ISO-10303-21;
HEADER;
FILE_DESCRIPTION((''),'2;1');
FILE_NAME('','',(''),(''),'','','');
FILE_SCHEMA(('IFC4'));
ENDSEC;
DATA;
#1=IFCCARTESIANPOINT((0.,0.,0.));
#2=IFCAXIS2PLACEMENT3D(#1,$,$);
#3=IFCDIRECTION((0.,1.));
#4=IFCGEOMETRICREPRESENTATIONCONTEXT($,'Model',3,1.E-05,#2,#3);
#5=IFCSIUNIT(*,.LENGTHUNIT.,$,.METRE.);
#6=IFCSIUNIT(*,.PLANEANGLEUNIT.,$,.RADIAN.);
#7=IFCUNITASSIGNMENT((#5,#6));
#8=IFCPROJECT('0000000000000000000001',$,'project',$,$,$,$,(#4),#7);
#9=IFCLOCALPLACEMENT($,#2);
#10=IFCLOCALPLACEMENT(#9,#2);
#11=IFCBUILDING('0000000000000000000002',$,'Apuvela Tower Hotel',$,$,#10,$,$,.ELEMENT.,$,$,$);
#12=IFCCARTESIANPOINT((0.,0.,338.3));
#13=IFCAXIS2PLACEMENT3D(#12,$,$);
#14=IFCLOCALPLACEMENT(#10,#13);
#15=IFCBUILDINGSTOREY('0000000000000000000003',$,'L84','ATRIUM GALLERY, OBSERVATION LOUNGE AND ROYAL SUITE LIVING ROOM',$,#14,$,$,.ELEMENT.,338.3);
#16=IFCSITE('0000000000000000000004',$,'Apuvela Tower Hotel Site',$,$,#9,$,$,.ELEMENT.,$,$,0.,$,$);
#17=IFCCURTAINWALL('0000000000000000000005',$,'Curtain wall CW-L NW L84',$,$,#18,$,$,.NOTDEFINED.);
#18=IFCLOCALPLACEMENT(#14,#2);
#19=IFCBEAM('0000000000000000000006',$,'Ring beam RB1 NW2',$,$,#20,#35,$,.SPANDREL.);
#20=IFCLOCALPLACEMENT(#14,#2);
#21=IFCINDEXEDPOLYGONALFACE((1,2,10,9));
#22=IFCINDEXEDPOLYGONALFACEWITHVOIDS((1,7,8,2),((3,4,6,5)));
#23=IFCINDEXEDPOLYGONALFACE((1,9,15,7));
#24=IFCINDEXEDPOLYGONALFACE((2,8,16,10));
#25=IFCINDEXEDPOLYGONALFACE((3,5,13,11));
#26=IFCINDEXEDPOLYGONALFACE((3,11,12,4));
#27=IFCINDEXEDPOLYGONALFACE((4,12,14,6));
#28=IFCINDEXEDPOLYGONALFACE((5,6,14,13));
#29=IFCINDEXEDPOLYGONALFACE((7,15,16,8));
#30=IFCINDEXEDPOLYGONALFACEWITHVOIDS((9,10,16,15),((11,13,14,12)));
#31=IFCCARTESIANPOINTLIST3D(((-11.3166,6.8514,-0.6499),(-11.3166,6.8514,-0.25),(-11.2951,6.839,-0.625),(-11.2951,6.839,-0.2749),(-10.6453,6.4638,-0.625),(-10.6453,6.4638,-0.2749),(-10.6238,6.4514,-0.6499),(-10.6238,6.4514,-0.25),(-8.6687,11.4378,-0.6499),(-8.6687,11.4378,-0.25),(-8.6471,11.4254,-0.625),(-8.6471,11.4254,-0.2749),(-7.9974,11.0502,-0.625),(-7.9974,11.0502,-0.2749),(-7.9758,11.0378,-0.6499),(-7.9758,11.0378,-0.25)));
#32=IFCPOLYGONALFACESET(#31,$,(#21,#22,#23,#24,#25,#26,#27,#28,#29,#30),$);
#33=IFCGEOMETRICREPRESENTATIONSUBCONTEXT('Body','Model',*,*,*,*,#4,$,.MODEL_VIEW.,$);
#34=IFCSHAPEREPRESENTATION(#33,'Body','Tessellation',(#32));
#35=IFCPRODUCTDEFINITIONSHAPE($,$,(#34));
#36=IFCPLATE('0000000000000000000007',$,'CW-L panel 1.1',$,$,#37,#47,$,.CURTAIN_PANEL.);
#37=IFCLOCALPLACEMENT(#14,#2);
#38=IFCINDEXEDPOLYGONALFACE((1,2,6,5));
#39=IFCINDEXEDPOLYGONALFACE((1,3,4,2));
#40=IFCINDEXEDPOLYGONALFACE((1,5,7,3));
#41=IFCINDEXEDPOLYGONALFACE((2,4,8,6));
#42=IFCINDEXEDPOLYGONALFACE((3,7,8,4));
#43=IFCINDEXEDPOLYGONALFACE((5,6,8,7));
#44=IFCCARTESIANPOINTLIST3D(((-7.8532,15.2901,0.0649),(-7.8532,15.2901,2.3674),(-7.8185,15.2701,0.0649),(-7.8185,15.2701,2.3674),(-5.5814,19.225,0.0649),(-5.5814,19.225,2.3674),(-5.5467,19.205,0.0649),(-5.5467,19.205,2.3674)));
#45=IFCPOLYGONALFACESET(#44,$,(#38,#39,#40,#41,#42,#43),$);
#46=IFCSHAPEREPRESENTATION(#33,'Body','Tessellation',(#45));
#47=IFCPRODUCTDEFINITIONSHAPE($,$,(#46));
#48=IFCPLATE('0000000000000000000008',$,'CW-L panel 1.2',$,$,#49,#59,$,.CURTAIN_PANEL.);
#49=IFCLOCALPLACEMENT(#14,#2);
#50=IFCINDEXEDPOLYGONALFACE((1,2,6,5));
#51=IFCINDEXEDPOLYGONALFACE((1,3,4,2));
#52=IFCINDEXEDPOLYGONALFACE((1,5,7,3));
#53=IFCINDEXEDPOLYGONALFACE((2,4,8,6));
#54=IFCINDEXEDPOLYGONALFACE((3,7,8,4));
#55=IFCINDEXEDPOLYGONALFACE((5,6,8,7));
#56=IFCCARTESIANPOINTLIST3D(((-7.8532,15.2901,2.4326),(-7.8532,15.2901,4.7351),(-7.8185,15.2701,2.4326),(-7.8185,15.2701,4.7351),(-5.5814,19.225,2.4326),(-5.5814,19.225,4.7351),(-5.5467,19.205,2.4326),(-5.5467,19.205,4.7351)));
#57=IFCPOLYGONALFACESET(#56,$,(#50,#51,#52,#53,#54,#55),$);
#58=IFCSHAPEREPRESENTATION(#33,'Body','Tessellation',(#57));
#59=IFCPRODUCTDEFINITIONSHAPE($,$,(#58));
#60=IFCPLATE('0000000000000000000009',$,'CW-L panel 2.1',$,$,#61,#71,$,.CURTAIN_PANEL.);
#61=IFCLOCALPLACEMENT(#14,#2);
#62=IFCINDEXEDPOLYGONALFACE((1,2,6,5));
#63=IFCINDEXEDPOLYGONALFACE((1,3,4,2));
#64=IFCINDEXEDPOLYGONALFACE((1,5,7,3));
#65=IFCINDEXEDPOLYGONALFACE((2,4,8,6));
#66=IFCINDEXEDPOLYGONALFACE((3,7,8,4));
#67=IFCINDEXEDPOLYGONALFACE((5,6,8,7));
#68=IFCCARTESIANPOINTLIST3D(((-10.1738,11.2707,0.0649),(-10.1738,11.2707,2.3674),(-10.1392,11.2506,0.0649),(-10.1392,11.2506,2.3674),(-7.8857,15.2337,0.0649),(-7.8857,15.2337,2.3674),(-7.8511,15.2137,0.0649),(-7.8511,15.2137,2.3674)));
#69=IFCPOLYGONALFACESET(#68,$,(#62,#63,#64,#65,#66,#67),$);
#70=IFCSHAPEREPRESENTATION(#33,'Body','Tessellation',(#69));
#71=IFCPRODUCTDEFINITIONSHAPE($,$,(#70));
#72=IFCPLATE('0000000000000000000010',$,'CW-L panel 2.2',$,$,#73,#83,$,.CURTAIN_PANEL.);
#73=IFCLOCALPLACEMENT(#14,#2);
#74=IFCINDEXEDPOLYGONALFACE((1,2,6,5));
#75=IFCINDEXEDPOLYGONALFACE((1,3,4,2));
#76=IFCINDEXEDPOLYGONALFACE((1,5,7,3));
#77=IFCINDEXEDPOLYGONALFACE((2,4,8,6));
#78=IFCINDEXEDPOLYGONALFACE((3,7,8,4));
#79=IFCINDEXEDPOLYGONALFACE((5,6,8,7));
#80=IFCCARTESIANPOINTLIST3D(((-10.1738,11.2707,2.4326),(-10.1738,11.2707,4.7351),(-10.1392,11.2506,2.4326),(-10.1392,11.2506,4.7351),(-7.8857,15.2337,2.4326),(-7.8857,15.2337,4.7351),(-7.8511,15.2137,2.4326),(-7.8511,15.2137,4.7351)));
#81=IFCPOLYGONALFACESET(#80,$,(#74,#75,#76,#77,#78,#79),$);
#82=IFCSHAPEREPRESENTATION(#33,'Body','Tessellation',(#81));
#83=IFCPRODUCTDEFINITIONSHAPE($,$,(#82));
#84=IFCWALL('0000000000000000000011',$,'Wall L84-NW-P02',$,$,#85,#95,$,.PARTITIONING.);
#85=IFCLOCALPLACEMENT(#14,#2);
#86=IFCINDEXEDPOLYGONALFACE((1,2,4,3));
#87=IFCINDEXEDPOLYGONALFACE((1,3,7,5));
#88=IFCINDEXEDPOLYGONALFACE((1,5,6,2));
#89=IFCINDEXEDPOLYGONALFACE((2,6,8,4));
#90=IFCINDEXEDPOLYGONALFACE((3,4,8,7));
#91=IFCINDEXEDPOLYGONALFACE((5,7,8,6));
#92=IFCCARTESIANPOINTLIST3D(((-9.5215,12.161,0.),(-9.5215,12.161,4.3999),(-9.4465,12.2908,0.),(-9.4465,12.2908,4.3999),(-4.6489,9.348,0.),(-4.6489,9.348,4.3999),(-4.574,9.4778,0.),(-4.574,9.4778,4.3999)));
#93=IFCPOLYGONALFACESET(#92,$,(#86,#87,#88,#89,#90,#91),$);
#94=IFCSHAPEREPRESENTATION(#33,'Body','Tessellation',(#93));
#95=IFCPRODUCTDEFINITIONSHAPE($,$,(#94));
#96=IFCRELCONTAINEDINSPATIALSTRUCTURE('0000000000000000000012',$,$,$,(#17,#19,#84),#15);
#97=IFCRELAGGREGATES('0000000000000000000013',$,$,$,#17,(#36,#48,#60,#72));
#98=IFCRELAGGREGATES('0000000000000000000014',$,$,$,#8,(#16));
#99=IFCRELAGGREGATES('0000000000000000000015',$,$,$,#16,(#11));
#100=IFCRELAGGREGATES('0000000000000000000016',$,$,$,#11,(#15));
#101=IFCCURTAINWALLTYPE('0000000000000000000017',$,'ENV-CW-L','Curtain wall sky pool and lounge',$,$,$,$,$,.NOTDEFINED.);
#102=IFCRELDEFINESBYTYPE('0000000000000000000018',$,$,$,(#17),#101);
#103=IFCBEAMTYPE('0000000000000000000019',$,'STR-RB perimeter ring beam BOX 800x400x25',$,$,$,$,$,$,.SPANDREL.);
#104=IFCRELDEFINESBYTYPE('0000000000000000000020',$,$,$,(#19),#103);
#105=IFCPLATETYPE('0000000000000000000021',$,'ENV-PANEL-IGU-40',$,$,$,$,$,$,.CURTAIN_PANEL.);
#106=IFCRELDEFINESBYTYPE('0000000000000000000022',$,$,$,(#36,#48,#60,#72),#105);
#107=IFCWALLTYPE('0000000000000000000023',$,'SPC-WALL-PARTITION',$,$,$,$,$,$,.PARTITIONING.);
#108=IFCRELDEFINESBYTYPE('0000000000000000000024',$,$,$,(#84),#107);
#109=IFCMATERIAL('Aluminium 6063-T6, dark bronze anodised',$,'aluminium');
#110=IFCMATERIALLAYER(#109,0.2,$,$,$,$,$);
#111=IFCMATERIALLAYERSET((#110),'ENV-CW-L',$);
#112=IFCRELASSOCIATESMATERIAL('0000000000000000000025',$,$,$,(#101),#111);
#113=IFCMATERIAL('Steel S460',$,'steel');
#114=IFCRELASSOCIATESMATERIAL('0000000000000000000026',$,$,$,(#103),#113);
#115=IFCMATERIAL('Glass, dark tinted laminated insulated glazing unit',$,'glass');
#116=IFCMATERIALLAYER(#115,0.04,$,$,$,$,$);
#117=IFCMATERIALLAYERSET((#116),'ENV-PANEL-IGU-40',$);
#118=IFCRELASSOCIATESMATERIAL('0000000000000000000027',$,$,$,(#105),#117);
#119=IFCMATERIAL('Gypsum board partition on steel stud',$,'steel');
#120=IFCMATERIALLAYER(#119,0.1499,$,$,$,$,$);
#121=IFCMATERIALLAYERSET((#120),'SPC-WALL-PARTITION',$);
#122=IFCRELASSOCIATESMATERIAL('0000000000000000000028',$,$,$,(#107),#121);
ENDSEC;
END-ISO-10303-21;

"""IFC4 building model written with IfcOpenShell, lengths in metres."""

from ifc_helpers import new_model, si_unit, direction, frame, frame_2d, origin, origin_2d, place, context, subcontext, project, spatial, rectangle, hollow_rectangle, extrude, material, layer, layer_set, material_profile, profile_set, type_object, element, aggregate, save


model = new_model("IFC4")

# Units and contexts
model_context = context("Model", 3, precision=1e-05, world=origin(), true_north=direction((0.0, 1.0)))
body_context = subcontext(model_context, "Body", "Model", "MODEL_VIEW")
ifc_project = project(units=[si_unit("LENGTHUNIT", "METRE"), si_unit("PLANEANGLEUNIT", "RADIAN")], contexts=[model_context])

# Site, building, storey
site_placement = place(None, origin())
site = spatial("IfcSite", under=ifc_project, at=site_placement, Name="Apuvela Tower Hotel Site", CompositionType="ELEMENT", RefElevation=0.0)
building_placement = place(site_placement, origin())
building = spatial("IfcBuilding", under=site, at=building_placement, Name="Apuvela Tower Hotel", CompositionType="ELEMENT")
storey_placement = place(building_placement, frame((0.0, 0.0, 338.3)))
storey = spatial("IfcBuildingStorey", under=building, at=storey_placement, Name="L84", Description="ATRIUM GALLERY, OBSERVATION LOUNGE AND ROYAL SUITE LIVING ROOM", CompositionType="ELEMENT", Elevation=338.3)

# Shared definitions
ifc_material_1 = material(Name="Steel S460", Category="steel")

# Curtain wall
ifc_material_2 = material(Name="Aluminium 6063-T6, dark bronze anodised", Category="aluminium")
ifc_layer_1 = layer(ifc_material_2, 0.2)
ifc_layer_set_1 = layer_set([ifc_layer_1], Name="ENV-CW-L")
curtain_wall_type = type_object("IfcCurtainWallType", Name="ENV-CW-L", Description="Curtain wall sky pool and lounge", PredefinedType="NOTDEFINED", material=ifc_layer_set_1)
curtain_wall_placement = place(storey_placement, origin())
curtain_wall = element("IfcCurtainWall", 1, at=curtain_wall_placement, inside=storey, type_object=curtain_wall_type, Name="Curtain wall CW-L NW L84", PredefinedType="NOTDEFINED")

# Beam
ifc_material_profile_1 = material_profile(ifc_material_1, hollow_rectangle(XDim=0.8, YDim=0.3999, WallThickness=0.0249, at=origin_2d()), Name="BOX 800x400x25")
ifc_profile_set_1 = profile_set([ifc_material_profile_1], Name="Steel S460")
beam_type_1 = type_object("IfcBeamType", Name="STR-RB perimeter ring beam BOX 800x400x25", PredefinedType="SPANDREL", material=ifc_profile_set_1)
beam_1_placement = place(storey_placement, frame((-8.3223, 11.2378, -0.45), z_axis=(-0.499996, -0.866027, 0.0), x_axis=(0.866027, -0.499996, 0.0)))
element("IfcBeam", 2, at=beam_1_placement, inside=storey, type_object=beam_type_1, Name="Ring beam RB1 NW2", PredefinedType="SPANDREL", context=body_context, shape_type="SweptSolid", body=[
    extrude(hollow_rectangle(XDim=0.8, YDim=0.3999, WallThickness=0.0249, at=origin_2d()), origin(), (0.0, 0.0, 1.0), 5.2959),
])

# Plates
ifc_material_3 = material(Name="Glass, dark tinted laminated insulated glazing unit", Category="glass")
ifc_layer_2 = layer(ifc_material_3, 0.04)
ifc_layer_set_2 = layer_set([ifc_layer_2], Name="ENV-PANEL-IGU-40")
plate_type = type_object("IfcPlateType", Name="ENV-PANEL-IGU-40", PredefinedType="CURTAIN_PANEL", material=ifc_layer_set_2)
plate_1_placement = place(storey_placement, frame((-6.7, 17.2476, 0.0649), z_axis=(0.0, 0.0, 1.0), x_axis=(-0.499999, -0.866026, 0.0)))
plate_1 = element("IfcPlate", 3, at=plate_1_placement, type_object=plate_type, Name="CW-L panel 1.1", PredefinedType="CURTAIN_PANEL", context=body_context, shape_type="SweptSolid", body=[
    extrude(rectangle(XDim=4.5437, YDim=0.04, at=origin_2d()), origin(), (0.0, 0.0, 1.0), 2.3025),
])
plate_2_placement = place(storey_placement, frame((-6.7, 17.2476, 2.4326), z_axis=(0.0, 0.0, 1.0), x_axis=(-0.499999, -0.866026, 0.0)))
plate_2 = element("IfcPlate", 4, at=plate_2_placement, type_object=plate_type, Name="CW-L panel 1.2", PredefinedType="CURTAIN_PANEL", context=body_context, shape_type="SweptSolid", body=[
    extrude(rectangle(XDim=4.5437, YDim=0.04, at=origin_2d()), origin(), (0.0, 0.0, 1.0), 2.3025),
])
plate_3_placement = place(storey_placement, frame((-9.0125, 13.2422, 0.0649), z_axis=(0.0, 0.0, 1.0), x_axis=(-0.499999, -0.866026, 0.0)))
plate_3 = element("IfcPlate", 5, at=plate_3_placement, type_object=plate_type, Name="CW-L panel 2.1", PredefinedType="CURTAIN_PANEL", context=body_context, shape_type="SweptSolid", body=[
    extrude(rectangle(XDim=4.5762, YDim=0.04, at=origin_2d()), origin(), (0.0, 0.0, 1.0), 2.3025),
])
plate_4_placement = place(storey_placement, frame((-9.0125, 13.2422, 2.4326), z_axis=(0.0, 0.0, 1.0), x_axis=(-0.499999, -0.866026, 0.0)))
plate_4 = element("IfcPlate", 6, at=plate_4_placement, type_object=plate_type, Name="CW-L panel 2.2", PredefinedType="CURTAIN_PANEL", context=body_context, shape_type="SweptSolid", body=[
    extrude(rectangle(XDim=4.5762, YDim=0.04, at=origin_2d()), origin(), (0.0, 0.0, 1.0), 2.3025),
])
aggregate(curtain_wall, [plate_1, plate_2, plate_3, plate_4])

# Wall
ifc_material_4 = material(Name="Gypsum board partition on steel stud", Category="steel")
ifc_layer_3 = layer(ifc_material_4, 0.1499)
ifc_layer_set_3 = layer_set([ifc_layer_3], Name="SPC-WALL-PARTITION")
wall_type = type_object("IfcWallType", Name="SPC-WALL-PARTITION", PredefinedType="PARTITIONING", material=ifc_layer_set_3)
wall_placement = place(storey_placement, frame((-9.4839, 12.2258, 0.0), z_axis=(0.0, 0.0, 1.0), x_axis=(0.86604, -0.499975, 0.0)))
element("IfcWall", 7, at=wall_placement, inside=storey, type_object=wall_type, Name="Wall L84-NW-P02", PredefinedType="PARTITIONING", context=body_context, shape_type="SweptSolid", body=[
    extrude(rectangle(XDim=5.6262, YDim=0.1499, at=frame_2d((2.813, 0.0))), origin(), (0.0, 0.0, 1.0), 4.3999),
])

save(model, "model.ifc")
